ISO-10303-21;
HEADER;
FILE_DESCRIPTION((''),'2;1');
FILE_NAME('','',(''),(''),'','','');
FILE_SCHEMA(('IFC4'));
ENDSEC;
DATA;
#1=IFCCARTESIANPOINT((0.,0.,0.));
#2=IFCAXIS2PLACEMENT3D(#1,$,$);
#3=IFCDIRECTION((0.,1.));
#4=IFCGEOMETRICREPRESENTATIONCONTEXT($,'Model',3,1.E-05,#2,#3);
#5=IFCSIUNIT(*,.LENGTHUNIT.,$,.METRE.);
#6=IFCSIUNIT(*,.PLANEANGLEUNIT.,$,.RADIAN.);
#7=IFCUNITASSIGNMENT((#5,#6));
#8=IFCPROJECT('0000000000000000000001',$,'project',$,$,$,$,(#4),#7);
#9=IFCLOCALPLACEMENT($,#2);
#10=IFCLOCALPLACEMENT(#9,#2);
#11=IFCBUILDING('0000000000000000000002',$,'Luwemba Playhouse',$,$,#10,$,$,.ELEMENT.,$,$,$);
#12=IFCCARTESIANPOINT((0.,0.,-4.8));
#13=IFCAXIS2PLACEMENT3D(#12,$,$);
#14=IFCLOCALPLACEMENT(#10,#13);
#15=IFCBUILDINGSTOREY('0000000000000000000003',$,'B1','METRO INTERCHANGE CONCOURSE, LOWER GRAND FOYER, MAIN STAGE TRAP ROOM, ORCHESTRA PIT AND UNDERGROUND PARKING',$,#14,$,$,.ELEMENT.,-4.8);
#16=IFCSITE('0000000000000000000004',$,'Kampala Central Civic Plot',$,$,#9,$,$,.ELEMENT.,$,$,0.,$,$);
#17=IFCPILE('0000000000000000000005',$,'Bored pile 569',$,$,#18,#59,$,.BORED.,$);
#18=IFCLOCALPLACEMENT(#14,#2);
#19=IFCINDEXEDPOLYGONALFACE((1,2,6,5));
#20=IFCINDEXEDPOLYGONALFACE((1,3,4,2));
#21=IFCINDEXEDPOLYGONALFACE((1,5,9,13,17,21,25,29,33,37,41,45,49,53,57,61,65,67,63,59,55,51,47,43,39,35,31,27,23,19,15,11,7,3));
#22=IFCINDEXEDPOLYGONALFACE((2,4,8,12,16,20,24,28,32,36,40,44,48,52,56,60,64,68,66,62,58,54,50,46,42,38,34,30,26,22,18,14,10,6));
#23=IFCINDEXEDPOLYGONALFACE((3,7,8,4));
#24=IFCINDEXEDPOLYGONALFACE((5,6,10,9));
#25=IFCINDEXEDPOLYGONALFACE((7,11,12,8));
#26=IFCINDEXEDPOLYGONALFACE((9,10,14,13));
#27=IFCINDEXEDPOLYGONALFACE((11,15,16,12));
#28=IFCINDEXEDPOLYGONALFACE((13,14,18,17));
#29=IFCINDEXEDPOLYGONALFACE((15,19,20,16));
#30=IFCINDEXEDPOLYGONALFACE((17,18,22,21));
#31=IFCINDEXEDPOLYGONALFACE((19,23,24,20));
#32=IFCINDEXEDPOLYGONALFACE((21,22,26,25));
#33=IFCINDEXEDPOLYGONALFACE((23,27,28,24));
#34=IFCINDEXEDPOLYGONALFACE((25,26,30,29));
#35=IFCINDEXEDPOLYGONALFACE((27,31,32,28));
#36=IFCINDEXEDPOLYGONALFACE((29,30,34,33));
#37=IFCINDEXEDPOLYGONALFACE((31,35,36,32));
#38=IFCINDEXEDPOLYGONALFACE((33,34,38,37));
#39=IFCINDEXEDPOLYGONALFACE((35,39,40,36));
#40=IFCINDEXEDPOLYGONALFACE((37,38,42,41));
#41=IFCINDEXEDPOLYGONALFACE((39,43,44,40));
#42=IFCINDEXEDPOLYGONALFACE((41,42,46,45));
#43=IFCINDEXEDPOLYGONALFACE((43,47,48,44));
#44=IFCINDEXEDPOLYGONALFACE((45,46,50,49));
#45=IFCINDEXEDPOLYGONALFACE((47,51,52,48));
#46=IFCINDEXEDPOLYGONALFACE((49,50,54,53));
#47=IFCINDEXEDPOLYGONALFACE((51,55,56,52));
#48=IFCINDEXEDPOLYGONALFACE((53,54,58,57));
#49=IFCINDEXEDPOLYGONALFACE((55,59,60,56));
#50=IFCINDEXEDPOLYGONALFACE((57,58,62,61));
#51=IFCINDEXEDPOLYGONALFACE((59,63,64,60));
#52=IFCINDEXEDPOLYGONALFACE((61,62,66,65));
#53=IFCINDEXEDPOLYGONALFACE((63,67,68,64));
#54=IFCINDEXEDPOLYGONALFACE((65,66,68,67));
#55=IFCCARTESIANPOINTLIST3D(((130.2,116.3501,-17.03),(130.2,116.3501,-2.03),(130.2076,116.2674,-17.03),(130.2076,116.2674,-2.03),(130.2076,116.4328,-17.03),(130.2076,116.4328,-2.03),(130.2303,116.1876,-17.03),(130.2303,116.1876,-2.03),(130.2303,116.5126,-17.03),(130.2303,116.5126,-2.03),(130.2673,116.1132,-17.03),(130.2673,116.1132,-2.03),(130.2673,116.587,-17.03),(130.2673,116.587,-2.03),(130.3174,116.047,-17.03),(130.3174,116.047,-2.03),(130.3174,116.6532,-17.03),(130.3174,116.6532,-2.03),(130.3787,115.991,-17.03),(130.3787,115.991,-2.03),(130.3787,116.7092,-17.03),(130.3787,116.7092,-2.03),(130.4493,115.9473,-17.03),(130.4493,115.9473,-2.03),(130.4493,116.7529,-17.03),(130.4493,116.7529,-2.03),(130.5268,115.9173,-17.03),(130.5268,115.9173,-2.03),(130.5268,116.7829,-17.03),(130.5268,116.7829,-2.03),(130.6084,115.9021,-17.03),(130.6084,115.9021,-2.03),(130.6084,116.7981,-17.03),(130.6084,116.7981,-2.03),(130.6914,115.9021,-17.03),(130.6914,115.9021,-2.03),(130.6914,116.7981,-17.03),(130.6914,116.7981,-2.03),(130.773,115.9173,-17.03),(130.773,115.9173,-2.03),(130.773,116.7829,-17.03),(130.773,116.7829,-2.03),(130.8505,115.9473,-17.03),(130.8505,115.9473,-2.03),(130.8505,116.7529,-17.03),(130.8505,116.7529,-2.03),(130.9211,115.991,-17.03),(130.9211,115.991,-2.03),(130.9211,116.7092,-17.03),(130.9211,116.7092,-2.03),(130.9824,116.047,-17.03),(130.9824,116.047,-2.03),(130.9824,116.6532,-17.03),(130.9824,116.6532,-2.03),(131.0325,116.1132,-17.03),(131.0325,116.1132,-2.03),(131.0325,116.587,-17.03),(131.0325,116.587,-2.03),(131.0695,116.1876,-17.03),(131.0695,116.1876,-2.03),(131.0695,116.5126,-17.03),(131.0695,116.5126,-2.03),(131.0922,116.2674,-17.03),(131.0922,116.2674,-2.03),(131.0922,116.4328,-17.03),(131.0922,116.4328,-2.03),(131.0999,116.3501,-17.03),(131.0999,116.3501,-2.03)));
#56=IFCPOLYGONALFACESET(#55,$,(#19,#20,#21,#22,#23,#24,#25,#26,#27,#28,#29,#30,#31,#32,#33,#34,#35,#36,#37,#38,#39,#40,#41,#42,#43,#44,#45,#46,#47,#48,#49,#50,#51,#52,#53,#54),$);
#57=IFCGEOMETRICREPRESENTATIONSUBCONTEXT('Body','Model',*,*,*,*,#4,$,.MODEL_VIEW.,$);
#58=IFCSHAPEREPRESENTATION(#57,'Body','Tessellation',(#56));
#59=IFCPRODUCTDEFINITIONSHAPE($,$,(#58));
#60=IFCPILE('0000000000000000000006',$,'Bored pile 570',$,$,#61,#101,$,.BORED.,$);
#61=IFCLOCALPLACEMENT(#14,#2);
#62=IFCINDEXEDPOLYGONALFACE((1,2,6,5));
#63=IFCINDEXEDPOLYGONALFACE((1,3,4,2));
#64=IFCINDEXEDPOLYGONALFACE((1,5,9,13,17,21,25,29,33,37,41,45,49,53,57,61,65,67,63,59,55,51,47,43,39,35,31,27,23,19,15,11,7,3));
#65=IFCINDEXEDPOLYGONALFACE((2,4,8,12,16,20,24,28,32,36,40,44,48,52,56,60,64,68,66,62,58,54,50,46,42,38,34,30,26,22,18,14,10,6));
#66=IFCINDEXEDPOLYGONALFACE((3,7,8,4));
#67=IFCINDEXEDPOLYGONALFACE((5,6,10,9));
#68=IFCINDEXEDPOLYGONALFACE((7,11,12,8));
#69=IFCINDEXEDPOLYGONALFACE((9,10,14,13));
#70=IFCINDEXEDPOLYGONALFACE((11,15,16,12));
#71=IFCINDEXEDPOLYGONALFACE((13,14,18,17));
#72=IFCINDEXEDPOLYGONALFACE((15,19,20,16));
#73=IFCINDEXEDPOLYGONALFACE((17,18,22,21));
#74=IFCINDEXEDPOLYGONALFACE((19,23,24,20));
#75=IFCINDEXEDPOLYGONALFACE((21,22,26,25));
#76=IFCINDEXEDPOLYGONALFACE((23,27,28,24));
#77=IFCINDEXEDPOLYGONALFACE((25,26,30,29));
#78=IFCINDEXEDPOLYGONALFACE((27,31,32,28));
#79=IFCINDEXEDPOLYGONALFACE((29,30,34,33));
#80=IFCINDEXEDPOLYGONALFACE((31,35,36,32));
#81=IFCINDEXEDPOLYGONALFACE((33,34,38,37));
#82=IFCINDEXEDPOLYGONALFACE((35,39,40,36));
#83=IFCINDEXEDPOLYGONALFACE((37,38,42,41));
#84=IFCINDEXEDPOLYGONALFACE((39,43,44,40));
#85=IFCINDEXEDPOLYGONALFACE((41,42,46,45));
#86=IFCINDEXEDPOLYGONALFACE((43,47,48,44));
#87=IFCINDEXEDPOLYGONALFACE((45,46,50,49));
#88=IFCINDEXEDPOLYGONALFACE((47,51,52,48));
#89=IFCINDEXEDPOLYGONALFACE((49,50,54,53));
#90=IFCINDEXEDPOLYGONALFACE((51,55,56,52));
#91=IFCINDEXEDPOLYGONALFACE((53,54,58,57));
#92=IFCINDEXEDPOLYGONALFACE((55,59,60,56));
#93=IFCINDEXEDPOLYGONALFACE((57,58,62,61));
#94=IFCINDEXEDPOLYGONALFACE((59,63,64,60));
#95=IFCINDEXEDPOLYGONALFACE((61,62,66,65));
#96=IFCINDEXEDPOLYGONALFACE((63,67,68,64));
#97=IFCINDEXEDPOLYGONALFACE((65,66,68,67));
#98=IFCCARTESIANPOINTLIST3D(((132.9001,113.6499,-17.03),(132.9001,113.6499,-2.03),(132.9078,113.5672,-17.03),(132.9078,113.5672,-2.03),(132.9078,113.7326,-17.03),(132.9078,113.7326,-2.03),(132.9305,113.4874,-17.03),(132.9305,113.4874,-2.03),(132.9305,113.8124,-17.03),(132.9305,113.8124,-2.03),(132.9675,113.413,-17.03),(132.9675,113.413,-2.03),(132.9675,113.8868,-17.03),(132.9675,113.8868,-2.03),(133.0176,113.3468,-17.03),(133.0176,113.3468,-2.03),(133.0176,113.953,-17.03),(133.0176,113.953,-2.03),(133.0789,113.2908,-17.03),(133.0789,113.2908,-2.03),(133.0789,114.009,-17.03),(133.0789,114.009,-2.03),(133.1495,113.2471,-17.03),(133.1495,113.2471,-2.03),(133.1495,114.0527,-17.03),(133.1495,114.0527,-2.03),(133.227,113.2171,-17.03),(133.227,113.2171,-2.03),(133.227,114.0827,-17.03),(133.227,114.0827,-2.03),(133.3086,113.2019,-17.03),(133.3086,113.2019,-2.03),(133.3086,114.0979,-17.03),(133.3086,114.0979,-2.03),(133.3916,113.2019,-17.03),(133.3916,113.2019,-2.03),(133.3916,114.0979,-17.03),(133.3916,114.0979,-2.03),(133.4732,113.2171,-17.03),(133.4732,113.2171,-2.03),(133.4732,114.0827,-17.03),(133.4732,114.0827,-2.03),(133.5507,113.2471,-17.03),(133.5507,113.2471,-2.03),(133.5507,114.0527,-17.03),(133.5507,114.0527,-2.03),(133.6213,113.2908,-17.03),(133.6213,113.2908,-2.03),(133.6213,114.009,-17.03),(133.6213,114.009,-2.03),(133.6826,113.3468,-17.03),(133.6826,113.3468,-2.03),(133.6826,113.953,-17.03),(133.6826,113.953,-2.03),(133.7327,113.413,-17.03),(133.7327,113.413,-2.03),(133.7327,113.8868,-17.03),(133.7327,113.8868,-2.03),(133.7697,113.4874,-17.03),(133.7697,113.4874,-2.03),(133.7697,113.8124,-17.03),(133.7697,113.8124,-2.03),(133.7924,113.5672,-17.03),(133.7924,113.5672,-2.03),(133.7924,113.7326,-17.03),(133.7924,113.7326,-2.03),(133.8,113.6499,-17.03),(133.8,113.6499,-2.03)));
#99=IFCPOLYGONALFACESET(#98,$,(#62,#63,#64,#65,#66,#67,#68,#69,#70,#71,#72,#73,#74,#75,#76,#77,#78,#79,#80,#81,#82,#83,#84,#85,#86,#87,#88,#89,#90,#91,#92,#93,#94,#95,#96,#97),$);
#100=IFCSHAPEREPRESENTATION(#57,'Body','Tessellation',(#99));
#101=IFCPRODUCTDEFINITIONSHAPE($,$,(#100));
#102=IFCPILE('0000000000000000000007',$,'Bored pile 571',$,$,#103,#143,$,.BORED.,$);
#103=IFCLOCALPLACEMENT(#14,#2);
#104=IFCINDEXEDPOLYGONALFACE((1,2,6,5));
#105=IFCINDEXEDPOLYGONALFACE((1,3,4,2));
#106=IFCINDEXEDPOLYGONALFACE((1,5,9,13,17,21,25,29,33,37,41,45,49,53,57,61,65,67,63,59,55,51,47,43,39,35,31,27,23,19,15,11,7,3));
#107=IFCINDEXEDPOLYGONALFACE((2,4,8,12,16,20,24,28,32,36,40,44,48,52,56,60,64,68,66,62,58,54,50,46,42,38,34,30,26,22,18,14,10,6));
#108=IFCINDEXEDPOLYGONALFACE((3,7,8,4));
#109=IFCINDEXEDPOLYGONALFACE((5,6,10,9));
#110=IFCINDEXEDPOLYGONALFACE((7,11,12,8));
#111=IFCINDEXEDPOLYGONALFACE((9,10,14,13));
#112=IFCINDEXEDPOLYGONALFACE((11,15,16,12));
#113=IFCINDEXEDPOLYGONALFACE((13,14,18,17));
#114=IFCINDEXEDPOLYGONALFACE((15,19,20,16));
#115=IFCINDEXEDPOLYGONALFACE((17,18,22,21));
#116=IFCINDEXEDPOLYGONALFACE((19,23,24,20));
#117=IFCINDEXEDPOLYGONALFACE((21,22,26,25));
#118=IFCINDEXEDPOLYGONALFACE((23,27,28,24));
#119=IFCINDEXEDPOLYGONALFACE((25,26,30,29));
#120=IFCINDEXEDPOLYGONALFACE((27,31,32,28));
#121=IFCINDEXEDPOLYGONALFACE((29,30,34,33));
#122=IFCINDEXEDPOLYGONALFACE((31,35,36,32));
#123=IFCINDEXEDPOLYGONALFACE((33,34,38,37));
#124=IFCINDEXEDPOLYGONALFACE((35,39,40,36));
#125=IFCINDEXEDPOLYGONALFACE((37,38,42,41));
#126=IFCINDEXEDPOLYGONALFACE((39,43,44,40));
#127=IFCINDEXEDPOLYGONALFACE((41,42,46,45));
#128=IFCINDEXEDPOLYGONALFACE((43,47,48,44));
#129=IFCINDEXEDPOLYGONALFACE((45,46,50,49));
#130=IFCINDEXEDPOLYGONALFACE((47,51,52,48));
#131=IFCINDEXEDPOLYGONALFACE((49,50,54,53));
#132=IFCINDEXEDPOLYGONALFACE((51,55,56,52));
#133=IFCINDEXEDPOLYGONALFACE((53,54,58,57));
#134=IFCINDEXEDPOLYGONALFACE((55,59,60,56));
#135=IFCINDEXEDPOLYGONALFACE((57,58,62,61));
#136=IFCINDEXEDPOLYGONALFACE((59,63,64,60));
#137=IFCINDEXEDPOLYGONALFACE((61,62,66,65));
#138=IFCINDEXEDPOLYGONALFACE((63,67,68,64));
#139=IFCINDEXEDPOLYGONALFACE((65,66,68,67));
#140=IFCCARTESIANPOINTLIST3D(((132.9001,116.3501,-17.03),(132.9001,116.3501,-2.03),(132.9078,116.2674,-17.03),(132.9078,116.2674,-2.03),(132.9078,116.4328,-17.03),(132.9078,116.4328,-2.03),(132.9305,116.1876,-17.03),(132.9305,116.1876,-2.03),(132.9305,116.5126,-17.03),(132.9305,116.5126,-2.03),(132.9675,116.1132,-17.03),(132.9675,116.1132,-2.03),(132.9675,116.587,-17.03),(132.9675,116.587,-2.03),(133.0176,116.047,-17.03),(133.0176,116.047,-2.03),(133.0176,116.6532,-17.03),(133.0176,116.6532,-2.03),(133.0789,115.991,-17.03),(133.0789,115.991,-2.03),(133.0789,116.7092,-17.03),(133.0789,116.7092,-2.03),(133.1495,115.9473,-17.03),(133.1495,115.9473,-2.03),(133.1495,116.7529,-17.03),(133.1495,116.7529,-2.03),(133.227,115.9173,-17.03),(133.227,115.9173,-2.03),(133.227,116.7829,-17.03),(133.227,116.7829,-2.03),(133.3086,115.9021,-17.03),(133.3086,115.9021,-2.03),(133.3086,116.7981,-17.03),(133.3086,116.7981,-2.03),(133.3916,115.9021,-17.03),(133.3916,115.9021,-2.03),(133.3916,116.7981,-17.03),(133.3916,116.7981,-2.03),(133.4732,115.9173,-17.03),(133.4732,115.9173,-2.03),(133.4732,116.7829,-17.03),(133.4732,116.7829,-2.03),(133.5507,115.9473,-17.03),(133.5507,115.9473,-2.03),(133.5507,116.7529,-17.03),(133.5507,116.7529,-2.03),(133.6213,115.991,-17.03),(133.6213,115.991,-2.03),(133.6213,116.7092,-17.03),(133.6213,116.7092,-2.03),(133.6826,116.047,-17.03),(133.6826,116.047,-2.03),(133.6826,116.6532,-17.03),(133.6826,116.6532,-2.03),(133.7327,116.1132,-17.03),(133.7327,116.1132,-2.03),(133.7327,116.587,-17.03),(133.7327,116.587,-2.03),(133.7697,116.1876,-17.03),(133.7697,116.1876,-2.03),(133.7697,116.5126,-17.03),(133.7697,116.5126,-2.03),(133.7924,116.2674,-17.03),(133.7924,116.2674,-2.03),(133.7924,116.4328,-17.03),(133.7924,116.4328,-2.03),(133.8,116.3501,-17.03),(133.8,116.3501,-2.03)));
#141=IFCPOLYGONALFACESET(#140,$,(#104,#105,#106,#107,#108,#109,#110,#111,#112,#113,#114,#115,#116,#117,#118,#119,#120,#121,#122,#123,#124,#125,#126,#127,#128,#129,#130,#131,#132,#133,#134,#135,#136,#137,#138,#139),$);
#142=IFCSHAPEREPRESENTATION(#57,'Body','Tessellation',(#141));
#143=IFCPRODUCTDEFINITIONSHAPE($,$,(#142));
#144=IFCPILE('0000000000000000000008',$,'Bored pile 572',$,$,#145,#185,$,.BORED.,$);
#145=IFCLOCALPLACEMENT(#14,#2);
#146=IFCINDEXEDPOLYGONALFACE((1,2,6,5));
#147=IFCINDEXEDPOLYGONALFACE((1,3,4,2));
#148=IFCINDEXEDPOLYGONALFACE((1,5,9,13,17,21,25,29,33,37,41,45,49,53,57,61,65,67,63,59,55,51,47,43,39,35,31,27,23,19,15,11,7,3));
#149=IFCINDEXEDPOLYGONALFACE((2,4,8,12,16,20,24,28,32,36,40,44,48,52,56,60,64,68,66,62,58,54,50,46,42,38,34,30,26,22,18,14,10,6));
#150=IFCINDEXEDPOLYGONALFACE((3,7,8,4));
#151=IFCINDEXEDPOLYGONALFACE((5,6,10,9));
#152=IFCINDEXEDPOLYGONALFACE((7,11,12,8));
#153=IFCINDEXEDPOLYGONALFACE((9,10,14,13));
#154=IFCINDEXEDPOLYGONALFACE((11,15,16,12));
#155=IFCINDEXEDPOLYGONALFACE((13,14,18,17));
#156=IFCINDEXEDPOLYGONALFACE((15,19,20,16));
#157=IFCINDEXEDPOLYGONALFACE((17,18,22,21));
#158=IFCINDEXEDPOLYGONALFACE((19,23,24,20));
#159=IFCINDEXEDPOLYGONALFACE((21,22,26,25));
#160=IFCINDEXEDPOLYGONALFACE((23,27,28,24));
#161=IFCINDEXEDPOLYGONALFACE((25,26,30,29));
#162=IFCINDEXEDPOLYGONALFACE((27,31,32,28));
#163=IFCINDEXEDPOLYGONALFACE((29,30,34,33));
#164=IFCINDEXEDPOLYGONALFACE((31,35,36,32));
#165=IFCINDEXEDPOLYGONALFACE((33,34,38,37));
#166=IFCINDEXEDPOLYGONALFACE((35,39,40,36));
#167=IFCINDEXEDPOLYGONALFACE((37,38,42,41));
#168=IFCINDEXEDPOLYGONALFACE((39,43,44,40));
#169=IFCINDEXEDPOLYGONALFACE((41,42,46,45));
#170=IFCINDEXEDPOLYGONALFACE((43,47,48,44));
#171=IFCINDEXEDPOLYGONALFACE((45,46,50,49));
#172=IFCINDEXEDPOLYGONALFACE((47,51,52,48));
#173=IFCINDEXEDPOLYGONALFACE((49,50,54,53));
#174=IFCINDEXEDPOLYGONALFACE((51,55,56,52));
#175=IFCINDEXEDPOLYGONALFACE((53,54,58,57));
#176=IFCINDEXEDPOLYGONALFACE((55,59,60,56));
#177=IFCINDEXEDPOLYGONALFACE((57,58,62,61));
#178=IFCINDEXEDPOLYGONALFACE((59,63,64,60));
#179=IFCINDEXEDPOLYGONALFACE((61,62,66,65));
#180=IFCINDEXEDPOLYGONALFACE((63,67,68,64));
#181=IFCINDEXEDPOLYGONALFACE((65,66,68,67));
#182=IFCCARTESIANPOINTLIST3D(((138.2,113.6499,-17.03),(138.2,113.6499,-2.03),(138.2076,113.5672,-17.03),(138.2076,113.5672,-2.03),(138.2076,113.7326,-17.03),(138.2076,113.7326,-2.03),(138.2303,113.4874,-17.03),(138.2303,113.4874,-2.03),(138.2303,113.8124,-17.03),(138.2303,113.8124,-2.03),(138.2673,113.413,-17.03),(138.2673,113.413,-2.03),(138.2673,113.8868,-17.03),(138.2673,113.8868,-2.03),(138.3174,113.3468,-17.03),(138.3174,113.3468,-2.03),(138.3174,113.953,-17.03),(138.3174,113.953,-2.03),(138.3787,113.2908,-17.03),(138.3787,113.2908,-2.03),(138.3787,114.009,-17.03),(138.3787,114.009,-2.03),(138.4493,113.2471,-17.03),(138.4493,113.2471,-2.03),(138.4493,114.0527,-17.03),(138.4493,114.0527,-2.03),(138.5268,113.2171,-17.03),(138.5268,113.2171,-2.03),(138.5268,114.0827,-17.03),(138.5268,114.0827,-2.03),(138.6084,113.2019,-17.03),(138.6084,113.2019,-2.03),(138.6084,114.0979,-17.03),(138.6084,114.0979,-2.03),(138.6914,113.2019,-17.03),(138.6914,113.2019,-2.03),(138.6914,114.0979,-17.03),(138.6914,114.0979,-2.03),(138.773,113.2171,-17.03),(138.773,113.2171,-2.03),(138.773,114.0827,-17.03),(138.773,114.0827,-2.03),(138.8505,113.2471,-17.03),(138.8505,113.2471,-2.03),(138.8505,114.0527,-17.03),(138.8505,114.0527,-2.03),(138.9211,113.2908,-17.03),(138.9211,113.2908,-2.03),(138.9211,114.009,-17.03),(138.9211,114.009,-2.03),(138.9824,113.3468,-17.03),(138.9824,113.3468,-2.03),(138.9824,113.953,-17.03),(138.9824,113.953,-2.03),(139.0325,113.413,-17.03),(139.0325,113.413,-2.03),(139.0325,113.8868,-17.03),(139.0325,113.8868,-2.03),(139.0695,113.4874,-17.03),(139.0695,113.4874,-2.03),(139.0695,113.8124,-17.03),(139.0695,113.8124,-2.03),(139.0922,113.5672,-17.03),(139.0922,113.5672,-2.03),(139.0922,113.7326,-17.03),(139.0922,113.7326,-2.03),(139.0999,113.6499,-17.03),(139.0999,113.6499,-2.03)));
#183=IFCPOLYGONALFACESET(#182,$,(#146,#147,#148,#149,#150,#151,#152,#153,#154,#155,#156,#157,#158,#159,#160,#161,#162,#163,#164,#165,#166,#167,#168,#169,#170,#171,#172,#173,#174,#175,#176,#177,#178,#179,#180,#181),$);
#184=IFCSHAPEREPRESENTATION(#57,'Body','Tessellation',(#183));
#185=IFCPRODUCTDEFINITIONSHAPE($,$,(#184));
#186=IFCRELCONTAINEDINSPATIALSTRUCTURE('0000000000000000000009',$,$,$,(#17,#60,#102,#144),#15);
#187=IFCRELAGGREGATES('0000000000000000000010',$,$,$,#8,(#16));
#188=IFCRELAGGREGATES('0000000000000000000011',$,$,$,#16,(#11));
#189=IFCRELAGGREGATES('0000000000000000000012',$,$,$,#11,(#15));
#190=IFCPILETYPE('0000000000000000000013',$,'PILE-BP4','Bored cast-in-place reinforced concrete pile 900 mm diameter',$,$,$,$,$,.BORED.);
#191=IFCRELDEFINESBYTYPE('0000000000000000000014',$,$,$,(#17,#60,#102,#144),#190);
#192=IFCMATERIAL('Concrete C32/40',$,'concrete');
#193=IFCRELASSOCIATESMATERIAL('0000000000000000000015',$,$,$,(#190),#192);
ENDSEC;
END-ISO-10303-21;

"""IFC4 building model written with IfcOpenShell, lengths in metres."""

from ifc_helpers import new_model, si_unit, direction, frame, origin, origin_2d, place, context, subcontext, project, spatial, circle, extrude, material, material_profile, profile_set, type_object, element, save


model = new_model("IFC4")

# Units and contexts
model_context = context("Model", 3, precision=1e-05, world=origin(), true_north=direction((0.0, 1.0)))
body_context = subcontext(model_context, "Body", "Model", "MODEL_VIEW")
ifc_project = project(units=[si_unit("LENGTHUNIT", "METRE"), si_unit("PLANEANGLEUNIT", "RADIAN")], contexts=[model_context])

# Site, building, storey
site_placement = place(None, origin())
site = spatial("IfcSite", under=ifc_project, at=site_placement, Name="Kampala Central Civic Plot", CompositionType="ELEMENT", RefElevation=0.0)
building_placement = place(site_placement, origin())
building = spatial("IfcBuilding", under=site, at=building_placement, Name="Luwemba Playhouse", CompositionType="ELEMENT")
storey_placement = place(building_placement, frame((0.0, 0.0, -4.8)))
storey = spatial("IfcBuildingStorey", under=building, at=storey_placement, Name="B1", Description="METRO INTERCHANGE CONCOURSE, LOWER GRAND FOYER, MAIN STAGE TRAP ROOM, ORCHESTRA PIT AND UNDERGROUND PARKING", CompositionType="ELEMENT", Elevation=-4.8)

# Shared definitions
ifc_material_1 = material(Name="Concrete C32/40", Category="concrete")

# Piles
ifc_material_profile_1 = material_profile(ifc_material_1, circle(Radius=0.45, at=origin_2d()))
ifc_profile_set_1 = profile_set([ifc_material_profile_1], Name="Concrete C32/40")
pile_type_1 = type_object("IfcPileType", Name="PILE-BP4", Description="Bored cast-in-place reinforced concrete pile 900 mm diameter", PredefinedType="BORED", material=ifc_profile_set_1)
for number, where, z_axis, x_axis, name in (
    (1, (130.6499, 116.3501, -2.03), (0.0, 0.0, -1.0), (1.0, 0.0, 0.0), "Bored pile 569"),
    (2, (133.3501, 113.6499, -2.03), (0.0, 0.0, -1.0), (1.0, 0.0, 0.0), "Bored pile 570"),
    (3, (133.3501, 116.3501, -2.03), (0.0, 0.0, -1.0), (1.0, 0.0, 0.0), "Bored pile 571"),
    (4, (138.6499, 113.6499, -2.03), (0.0, 0.0, -1.0), (1.0, 0.0, 0.0), "Bored pile 572"),
):
    element("IfcPile", number, at=place(storey_placement, frame(where, z_axis=z_axis, x_axis=x_axis)), inside=storey, type_object=pile_type_1, Name=name, PredefinedType="BORED", context=body_context, shape_type="SweptSolid", body=[
        extrude(circle(Radius=0.45, at=origin_2d()), origin(), (0.0, 0.0, 1.0), 15.0),
    ])

save(model, "model.ifc")
